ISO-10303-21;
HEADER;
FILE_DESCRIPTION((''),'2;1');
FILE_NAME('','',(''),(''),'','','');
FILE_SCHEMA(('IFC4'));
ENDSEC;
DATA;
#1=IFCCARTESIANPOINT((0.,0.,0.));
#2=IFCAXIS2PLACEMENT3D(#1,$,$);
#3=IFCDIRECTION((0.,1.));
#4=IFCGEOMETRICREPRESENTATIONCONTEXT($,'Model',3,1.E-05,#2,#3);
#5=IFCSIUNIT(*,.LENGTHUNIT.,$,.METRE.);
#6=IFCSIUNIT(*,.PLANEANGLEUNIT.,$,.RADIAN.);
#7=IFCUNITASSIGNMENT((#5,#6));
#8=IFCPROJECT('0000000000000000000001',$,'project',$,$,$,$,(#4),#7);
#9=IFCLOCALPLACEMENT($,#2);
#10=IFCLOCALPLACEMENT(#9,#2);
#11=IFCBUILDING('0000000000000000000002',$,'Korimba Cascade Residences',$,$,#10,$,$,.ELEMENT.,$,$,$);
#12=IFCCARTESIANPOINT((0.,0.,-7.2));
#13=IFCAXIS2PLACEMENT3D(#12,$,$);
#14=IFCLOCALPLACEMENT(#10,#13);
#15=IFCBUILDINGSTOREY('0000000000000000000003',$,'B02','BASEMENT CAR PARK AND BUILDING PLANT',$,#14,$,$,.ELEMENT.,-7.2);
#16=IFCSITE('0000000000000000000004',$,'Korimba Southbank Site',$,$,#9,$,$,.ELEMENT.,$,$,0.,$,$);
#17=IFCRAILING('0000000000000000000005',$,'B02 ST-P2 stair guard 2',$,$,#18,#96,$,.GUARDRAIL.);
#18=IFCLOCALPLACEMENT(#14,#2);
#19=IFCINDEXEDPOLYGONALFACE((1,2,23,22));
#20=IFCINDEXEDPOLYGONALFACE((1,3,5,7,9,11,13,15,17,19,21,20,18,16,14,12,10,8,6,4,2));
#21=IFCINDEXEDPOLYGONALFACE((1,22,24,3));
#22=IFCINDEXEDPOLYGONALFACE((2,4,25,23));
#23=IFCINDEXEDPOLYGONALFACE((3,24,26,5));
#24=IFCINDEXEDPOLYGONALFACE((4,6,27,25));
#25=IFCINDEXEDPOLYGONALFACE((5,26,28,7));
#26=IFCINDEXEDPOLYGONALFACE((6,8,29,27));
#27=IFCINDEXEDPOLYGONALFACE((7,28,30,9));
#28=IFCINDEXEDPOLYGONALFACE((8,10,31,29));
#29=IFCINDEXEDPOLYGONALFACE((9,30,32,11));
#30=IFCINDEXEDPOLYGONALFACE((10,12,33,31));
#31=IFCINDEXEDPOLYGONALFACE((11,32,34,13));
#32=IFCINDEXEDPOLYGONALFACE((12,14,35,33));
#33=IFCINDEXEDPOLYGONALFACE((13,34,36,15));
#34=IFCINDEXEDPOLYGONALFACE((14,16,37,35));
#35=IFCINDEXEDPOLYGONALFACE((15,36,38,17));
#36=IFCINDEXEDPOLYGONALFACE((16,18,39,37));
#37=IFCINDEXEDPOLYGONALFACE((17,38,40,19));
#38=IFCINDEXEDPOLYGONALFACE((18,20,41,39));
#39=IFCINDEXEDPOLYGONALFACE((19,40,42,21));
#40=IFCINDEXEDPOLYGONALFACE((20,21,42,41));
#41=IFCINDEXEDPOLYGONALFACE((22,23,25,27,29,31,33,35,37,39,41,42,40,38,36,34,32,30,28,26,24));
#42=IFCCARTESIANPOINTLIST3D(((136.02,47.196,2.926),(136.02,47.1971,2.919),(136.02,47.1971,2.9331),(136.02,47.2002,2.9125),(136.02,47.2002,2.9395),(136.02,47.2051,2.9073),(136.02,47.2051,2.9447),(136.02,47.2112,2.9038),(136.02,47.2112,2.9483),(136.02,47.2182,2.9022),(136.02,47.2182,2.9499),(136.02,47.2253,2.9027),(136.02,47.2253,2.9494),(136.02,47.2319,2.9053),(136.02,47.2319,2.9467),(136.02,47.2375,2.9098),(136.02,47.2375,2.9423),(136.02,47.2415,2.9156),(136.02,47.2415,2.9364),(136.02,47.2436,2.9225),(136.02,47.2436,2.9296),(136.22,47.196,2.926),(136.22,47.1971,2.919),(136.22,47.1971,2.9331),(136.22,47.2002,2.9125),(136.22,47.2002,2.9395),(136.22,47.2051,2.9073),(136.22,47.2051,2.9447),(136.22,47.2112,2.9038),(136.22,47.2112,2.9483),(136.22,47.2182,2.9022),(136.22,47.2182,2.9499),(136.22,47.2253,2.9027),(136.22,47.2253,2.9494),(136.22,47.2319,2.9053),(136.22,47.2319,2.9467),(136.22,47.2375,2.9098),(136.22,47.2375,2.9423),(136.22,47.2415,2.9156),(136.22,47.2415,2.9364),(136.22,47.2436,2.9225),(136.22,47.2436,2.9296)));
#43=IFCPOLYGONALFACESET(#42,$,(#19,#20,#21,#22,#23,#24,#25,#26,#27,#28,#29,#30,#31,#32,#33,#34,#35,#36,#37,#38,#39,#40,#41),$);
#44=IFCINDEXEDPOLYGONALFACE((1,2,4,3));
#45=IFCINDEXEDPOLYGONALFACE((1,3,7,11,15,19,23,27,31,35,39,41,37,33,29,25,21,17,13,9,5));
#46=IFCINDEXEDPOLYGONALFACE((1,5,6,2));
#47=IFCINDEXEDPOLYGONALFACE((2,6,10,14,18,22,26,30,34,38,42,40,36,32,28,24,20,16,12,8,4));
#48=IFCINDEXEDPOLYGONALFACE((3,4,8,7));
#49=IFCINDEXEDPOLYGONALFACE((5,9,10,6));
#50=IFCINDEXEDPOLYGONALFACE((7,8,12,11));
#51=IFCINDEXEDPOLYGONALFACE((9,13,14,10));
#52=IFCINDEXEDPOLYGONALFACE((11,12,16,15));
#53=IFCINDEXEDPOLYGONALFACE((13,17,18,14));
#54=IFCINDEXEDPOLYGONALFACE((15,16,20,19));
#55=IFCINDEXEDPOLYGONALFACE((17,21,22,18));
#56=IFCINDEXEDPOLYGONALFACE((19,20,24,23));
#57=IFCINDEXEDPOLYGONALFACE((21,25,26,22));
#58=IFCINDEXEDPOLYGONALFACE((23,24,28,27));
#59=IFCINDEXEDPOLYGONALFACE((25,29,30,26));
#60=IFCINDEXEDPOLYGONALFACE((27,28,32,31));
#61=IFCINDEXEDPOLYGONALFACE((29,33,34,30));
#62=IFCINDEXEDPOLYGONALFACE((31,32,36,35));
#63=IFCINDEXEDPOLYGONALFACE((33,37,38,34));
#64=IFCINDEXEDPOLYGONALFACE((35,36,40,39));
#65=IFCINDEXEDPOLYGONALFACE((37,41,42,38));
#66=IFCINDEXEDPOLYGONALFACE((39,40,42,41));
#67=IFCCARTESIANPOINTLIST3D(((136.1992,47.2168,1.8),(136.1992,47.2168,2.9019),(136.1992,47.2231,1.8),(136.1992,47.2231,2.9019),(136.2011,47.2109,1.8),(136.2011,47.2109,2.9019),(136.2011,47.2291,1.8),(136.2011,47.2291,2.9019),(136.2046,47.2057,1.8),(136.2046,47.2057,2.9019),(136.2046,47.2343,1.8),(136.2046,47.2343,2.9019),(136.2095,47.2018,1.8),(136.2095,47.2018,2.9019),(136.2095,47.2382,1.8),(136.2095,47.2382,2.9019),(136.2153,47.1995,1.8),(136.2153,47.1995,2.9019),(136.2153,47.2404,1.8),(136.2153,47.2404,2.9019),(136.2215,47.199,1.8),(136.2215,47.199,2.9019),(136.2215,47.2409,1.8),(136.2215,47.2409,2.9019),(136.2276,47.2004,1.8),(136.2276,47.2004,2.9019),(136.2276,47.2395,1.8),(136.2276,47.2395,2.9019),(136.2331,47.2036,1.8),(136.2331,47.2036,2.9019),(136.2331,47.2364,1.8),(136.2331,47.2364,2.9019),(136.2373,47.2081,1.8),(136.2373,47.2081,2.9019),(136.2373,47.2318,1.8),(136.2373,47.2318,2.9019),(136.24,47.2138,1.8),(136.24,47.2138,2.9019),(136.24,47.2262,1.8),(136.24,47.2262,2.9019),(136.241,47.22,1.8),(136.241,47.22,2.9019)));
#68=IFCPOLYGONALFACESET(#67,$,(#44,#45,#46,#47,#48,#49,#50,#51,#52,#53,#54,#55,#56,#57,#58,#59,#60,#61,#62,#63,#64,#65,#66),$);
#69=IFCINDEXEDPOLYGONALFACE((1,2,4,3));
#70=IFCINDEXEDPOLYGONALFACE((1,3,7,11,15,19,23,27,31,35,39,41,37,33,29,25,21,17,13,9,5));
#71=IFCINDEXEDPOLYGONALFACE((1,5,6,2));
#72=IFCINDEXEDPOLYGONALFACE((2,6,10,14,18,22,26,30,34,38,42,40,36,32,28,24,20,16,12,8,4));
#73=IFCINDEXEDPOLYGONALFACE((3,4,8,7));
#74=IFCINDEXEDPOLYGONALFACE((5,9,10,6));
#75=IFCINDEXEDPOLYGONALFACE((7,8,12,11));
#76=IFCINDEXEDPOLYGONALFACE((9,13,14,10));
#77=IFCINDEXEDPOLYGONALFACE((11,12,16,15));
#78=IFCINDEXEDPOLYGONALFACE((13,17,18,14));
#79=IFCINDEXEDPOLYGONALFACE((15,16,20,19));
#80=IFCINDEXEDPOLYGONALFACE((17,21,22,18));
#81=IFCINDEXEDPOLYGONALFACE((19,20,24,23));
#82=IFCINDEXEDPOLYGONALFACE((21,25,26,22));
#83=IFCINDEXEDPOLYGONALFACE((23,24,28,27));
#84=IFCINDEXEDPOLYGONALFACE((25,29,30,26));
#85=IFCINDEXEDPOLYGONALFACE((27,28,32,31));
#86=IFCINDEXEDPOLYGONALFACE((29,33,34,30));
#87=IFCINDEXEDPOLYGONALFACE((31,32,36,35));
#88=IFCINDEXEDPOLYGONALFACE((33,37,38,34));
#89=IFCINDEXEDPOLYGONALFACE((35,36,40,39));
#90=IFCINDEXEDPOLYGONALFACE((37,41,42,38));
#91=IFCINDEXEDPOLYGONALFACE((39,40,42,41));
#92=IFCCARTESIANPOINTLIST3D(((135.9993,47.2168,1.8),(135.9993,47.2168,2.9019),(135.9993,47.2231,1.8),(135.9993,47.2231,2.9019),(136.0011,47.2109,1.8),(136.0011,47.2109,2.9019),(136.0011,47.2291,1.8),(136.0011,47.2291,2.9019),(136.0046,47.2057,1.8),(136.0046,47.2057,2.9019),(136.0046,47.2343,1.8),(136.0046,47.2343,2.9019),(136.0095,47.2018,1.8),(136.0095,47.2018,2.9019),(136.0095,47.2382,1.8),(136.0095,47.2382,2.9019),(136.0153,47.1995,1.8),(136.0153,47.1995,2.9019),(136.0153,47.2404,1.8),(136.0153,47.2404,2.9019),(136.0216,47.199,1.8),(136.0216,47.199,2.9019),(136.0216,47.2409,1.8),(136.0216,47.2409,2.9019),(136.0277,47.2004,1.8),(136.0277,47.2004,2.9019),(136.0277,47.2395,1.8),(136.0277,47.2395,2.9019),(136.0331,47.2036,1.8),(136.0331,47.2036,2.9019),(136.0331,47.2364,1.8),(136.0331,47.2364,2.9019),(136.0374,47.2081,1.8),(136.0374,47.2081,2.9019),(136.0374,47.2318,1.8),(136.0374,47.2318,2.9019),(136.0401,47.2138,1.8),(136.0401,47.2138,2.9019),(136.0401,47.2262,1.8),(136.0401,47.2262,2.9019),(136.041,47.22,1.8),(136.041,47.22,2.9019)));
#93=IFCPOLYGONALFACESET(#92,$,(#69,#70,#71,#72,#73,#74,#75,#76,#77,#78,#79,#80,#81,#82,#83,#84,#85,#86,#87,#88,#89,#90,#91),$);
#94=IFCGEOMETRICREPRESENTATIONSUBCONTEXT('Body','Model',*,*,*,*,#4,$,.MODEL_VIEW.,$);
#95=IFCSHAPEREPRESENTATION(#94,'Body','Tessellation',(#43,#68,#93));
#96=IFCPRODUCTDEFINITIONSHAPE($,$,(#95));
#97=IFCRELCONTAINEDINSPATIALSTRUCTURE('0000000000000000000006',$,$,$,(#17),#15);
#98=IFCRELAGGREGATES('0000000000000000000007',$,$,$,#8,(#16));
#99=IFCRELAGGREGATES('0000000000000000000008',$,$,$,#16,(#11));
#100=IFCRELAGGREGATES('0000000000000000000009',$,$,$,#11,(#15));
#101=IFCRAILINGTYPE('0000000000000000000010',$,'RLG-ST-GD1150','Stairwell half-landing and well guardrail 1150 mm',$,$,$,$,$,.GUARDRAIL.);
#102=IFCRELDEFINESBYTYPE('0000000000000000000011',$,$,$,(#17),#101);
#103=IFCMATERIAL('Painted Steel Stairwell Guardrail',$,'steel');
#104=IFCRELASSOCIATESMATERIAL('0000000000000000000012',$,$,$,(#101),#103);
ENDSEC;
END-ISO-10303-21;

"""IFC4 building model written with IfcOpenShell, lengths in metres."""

from ifc_helpers import new_model, si_unit, direction, frame, origin, origin_2d, place, context, subcontext, project, spatial, circle, extrude, material, type_object, element, save


model = new_model("IFC4")

# Units and contexts
model_context = context("Model", 3, precision=1e-05, world=origin(), true_north=direction((0.0, 1.0)))
body_context = subcontext(model_context, "Body", "Model", "MODEL_VIEW")
ifc_project = project(units=[si_unit("LENGTHUNIT", "METRE"), si_unit("PLANEANGLEUNIT", "RADIAN")], contexts=[model_context])

# Site, building, storey
site_placement = place(None, origin())
site = spatial("IfcSite", under=ifc_project, at=site_placement, Name="Korimba Southbank Site", CompositionType="ELEMENT", RefElevation=0.0)
building_placement = place(site_placement, origin())
building = spatial("IfcBuilding", under=site, at=building_placement, Name="Korimba Cascade Residences", CompositionType="ELEMENT")
storey_placement = place(building_placement, frame((0.0, 0.0, -7.2)))
storey = spatial("IfcBuildingStorey", under=building, at=storey_placement, Name="B02", Description="BASEMENT CAR PARK AND BUILDING PLANT", CompositionType="ELEMENT", Elevation=-7.2)

# Railing
ifc_material_1 = material(Name="Painted Steel Stairwell Guardrail", Category="steel")
railing_type_1 = type_object("IfcRailingType", Name="RLG-ST-GD1150", Description="Stairwell half-landing and well guardrail 1150 mm", PredefinedType="GUARDRAIL", material=ifc_material_1)
railing_1_placement = place(storey_placement, frame((136.22, 47.22, 1.8)))
element("IfcRailing", 1, at=railing_1_placement, inside=storey, type_object=railing_type_1, Name="B02 ST-P2 stair guard 2", PredefinedType="GUARDRAIL", context=body_context, shape_type="SweptSolid", body=[
    extrude(circle(Radius=0.0239, at=origin_2d()), frame((0.0, 0.0, 1.126), z_axis=(-1.0, 0.0, 0.0), x_axis=(0.0, -1.0, 0.0)), (0.0, 0.0, 1.0), 0.2),
    extrude(circle(Radius=0.021, at=origin_2d()), origin(), (0.0, 0.0, 1.0), 1.1018),
    extrude(circle(Radius=0.021, at=origin_2d()), frame((-0.2, 0.0, 0.0)), (0.0, 0.0, 1.0), 1.1018),
])

save(model, "model.ifc")
